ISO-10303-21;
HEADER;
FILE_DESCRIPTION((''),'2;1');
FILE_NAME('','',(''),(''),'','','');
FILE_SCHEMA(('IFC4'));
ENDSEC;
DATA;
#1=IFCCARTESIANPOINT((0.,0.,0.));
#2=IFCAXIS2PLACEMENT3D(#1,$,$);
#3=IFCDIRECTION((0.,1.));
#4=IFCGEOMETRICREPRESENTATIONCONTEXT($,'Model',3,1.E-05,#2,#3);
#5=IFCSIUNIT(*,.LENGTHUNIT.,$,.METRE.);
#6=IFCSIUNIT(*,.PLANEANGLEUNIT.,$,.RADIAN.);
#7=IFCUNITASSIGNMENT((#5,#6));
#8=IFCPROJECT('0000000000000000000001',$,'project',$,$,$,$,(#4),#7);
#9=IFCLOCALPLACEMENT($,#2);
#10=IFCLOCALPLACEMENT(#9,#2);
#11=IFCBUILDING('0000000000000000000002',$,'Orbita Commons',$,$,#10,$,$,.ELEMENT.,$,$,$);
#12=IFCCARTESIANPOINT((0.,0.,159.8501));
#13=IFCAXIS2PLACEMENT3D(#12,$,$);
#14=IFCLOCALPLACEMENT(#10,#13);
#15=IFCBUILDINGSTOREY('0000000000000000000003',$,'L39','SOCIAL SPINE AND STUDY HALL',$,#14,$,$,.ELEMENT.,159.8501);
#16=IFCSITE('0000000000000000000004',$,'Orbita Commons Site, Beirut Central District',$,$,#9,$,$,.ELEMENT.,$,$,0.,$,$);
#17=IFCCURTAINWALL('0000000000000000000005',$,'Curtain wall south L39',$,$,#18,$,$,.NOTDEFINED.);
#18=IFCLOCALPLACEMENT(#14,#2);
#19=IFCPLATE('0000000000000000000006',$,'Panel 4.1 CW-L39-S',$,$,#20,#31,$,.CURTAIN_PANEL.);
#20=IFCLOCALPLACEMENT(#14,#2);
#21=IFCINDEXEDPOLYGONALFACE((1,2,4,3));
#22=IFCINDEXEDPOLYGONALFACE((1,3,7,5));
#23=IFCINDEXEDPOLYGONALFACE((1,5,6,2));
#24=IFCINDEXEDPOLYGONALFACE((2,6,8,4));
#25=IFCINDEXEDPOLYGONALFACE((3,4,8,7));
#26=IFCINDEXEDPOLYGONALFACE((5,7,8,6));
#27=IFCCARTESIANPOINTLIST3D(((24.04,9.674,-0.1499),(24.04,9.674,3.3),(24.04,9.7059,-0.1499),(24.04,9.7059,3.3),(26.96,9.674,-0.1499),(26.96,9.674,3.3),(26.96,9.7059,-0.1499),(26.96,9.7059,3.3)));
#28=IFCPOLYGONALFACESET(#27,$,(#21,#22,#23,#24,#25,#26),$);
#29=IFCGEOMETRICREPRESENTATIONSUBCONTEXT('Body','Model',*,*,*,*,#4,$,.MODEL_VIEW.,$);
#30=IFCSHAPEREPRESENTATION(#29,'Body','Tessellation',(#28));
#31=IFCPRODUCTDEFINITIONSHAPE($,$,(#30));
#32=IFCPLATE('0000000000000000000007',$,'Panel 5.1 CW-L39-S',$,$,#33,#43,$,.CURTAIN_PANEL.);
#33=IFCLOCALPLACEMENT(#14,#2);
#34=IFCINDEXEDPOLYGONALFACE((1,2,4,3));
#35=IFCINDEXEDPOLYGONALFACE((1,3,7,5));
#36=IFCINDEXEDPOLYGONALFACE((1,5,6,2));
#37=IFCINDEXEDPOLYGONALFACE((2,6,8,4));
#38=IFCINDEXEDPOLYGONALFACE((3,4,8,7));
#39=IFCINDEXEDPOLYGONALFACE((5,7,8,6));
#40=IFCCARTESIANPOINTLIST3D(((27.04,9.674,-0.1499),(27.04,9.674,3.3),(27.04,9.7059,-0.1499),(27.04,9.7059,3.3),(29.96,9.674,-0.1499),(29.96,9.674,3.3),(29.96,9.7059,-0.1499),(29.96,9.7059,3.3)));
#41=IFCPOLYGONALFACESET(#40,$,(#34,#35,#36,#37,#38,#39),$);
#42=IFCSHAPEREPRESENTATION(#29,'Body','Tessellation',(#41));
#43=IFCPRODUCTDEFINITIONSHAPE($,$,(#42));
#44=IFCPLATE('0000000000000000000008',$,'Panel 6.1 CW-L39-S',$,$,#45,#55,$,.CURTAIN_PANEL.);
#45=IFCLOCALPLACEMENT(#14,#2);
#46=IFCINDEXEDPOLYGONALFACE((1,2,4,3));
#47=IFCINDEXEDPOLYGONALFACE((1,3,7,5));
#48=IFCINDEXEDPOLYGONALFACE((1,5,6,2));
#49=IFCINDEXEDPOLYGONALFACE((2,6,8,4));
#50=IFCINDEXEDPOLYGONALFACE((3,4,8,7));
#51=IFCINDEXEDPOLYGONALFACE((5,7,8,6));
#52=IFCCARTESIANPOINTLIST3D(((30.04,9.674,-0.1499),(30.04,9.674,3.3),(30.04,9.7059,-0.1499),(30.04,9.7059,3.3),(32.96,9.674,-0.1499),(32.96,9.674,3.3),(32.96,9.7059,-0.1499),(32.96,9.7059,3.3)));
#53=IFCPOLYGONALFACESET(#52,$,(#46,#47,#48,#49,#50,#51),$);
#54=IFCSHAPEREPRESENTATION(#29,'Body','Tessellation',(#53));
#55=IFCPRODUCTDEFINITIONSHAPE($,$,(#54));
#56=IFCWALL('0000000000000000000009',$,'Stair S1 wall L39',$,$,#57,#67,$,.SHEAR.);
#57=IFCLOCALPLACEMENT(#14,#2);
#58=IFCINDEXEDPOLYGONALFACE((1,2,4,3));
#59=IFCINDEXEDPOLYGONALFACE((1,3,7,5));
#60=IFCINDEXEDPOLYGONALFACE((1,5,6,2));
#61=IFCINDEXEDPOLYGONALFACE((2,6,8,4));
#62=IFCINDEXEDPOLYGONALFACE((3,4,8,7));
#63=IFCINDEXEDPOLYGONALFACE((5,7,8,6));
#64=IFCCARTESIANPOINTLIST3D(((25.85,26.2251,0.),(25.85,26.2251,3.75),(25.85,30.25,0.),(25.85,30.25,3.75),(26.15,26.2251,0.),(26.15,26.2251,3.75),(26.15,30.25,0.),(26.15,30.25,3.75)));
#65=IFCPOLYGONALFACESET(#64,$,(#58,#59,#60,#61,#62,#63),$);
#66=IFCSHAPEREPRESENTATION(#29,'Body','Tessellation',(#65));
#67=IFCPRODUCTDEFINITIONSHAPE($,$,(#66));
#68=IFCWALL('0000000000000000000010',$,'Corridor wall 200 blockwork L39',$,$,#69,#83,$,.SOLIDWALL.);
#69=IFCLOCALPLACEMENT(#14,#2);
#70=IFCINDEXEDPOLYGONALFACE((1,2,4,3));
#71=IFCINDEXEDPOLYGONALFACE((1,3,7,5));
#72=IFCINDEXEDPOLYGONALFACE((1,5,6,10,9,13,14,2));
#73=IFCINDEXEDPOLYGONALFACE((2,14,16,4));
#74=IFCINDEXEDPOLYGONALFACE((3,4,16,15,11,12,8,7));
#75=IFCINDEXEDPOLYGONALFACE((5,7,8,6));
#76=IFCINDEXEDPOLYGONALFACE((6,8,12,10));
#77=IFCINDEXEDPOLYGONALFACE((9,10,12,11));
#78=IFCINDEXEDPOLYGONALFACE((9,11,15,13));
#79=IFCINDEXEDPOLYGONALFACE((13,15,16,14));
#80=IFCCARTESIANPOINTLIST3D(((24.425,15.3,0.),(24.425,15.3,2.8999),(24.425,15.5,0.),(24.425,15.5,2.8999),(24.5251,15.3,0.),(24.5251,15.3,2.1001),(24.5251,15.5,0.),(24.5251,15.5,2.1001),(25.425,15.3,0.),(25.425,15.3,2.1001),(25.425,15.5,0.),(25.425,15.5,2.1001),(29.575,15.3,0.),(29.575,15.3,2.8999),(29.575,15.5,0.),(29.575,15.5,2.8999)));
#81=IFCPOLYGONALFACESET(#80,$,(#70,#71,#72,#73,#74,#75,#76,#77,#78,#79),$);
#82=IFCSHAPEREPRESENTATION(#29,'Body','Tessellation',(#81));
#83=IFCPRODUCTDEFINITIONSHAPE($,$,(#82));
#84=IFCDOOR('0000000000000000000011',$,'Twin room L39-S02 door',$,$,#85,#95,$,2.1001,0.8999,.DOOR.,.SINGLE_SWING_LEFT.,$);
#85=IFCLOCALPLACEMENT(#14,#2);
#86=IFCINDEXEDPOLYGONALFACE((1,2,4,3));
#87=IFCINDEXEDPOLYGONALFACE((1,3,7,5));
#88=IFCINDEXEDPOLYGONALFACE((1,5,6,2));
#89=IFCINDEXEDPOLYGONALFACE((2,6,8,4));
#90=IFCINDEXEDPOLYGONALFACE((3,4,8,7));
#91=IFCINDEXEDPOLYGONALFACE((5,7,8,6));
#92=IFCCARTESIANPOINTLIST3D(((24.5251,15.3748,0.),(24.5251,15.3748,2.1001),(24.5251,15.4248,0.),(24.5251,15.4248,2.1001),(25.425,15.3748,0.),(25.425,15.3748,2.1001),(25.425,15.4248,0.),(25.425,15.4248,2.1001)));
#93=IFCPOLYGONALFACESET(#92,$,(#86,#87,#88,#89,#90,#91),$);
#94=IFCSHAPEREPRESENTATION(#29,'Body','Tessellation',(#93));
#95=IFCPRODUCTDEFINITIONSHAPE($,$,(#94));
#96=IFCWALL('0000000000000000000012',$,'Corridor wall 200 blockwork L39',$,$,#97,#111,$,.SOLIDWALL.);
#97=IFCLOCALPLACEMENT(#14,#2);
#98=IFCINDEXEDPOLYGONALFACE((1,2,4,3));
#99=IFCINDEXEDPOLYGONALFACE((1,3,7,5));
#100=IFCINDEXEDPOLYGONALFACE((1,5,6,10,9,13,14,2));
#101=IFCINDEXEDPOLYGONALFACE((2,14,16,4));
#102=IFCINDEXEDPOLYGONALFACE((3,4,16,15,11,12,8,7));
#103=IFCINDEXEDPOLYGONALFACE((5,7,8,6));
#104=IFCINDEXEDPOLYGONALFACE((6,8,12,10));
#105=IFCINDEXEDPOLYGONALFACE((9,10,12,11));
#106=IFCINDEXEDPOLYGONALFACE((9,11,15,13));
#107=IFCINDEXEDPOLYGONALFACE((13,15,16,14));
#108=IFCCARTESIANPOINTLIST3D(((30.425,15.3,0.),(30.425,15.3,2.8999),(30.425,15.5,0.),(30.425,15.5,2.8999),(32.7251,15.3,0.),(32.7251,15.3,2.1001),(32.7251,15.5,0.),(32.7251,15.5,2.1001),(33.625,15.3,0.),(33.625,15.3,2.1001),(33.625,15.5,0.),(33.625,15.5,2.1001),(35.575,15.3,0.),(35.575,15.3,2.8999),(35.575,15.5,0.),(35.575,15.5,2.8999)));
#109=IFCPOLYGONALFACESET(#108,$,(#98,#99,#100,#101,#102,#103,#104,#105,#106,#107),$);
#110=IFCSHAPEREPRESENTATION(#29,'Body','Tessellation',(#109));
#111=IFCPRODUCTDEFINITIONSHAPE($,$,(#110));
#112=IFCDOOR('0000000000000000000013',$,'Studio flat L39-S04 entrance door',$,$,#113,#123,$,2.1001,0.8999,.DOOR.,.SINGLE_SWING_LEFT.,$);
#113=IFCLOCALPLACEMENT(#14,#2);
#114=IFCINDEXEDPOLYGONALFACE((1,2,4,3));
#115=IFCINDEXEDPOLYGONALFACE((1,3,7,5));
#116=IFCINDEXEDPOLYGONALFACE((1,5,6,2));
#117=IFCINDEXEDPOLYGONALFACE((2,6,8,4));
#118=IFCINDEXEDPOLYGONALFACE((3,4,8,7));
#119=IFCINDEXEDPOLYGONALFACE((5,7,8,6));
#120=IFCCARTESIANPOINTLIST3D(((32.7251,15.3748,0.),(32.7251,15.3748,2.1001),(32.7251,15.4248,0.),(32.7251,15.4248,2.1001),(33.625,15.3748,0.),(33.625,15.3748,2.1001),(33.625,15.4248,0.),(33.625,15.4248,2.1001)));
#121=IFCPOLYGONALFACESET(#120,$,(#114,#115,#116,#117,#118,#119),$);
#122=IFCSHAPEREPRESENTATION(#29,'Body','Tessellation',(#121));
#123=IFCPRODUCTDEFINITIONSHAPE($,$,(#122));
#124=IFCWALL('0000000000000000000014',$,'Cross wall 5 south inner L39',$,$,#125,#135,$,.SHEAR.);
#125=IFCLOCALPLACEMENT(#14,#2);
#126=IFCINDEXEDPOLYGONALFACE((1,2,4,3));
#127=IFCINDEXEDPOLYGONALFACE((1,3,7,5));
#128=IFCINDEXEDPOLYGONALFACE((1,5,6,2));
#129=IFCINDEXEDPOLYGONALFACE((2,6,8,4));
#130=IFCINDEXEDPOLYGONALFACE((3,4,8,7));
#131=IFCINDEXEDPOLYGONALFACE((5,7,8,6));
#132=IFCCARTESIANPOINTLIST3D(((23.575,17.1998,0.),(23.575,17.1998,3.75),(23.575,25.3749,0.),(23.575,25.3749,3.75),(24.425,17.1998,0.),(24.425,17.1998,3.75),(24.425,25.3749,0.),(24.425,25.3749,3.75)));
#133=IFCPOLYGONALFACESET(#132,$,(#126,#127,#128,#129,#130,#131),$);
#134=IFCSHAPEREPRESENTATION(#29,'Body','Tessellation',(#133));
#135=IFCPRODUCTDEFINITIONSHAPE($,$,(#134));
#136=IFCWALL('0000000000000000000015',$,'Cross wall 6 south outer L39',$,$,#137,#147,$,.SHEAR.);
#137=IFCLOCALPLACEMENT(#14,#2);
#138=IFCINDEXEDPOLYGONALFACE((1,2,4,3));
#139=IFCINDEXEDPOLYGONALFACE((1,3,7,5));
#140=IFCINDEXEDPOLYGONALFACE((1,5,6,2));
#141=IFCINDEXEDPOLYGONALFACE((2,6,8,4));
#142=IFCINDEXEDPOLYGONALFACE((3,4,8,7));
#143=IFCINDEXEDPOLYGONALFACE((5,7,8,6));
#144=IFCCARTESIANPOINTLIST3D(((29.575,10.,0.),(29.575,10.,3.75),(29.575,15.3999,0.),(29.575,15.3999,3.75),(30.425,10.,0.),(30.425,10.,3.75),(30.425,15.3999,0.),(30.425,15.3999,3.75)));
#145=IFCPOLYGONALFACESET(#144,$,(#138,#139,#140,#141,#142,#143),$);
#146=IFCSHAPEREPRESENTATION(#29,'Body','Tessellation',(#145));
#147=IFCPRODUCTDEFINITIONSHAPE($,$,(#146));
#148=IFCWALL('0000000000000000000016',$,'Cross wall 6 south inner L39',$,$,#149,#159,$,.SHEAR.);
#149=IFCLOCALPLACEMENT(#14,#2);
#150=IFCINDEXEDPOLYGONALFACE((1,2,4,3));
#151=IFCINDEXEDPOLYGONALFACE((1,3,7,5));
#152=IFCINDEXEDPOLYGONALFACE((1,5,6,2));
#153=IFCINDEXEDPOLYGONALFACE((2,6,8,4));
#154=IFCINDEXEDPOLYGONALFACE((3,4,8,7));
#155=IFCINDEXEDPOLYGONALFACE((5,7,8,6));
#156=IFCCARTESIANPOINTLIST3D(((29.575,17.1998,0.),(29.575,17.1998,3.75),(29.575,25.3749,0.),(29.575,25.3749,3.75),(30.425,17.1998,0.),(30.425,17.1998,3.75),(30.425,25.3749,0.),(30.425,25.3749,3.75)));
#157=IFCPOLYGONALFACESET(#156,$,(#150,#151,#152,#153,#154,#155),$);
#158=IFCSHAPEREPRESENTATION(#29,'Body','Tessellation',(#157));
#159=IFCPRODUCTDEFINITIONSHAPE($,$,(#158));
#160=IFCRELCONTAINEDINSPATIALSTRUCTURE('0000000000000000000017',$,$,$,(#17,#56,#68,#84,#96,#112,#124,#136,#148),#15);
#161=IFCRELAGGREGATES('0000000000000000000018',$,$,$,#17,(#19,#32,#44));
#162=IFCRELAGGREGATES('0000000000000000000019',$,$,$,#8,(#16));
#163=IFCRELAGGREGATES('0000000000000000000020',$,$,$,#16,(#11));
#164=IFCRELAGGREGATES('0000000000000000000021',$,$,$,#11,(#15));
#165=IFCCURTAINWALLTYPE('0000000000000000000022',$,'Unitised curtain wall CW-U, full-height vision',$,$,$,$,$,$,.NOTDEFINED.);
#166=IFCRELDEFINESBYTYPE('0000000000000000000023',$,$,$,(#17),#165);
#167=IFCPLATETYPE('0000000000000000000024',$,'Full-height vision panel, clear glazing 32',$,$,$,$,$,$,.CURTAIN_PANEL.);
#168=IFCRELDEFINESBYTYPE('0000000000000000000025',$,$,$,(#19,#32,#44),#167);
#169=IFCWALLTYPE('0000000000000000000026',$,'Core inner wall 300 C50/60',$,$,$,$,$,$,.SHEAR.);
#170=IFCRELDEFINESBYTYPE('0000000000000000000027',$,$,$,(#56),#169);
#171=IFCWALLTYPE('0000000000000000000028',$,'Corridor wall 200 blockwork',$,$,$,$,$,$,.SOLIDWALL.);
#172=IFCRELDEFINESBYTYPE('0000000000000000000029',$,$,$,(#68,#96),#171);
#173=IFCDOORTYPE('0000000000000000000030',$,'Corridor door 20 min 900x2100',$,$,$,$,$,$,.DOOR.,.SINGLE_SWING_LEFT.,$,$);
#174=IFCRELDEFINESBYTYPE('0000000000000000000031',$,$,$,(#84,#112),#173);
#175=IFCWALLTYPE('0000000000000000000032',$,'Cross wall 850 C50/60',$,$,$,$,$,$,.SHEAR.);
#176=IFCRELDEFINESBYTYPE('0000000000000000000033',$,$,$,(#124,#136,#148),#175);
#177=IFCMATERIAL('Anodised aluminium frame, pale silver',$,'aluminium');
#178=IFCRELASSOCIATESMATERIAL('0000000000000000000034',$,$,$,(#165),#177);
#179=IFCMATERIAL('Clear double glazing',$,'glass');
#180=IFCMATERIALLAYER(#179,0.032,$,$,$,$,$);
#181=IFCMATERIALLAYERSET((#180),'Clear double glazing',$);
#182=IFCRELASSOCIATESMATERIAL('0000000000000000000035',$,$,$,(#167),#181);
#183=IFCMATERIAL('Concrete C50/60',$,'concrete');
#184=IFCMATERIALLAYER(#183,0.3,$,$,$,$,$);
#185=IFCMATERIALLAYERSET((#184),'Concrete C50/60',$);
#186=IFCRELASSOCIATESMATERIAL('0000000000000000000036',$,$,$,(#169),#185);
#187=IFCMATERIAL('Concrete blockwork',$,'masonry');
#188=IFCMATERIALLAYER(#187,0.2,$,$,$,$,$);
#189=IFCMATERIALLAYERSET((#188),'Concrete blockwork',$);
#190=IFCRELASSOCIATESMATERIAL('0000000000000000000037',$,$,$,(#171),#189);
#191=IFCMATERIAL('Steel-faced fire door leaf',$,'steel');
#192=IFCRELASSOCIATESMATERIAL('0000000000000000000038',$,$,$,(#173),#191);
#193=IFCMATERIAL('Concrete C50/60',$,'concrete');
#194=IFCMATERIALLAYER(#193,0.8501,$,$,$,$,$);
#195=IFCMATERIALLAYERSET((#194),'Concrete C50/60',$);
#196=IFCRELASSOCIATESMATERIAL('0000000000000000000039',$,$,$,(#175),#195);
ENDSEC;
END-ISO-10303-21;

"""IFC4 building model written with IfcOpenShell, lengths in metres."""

from ifc_helpers import new_model, si_unit, direction, frame, frame_2d, origin, origin_2d, place, context, subcontext, project, spatial, polyline, rectangle, outline, extrude, material, layer, layer_set, type_object, element, fill, aggregate, save


model = new_model("IFC4")

# Units and contexts
model_context = context("Model", 3, precision=1e-05, world=origin(), true_north=direction((0.0, 1.0)))
body_context = subcontext(model_context, "Body", "Model", "MODEL_VIEW")
ifc_project = project(units=[si_unit("LENGTHUNIT", "METRE"), si_unit("PLANEANGLEUNIT", "RADIAN")], contexts=[model_context])

# Site, building, storey
site_placement = place(None, origin())
site = spatial("IfcSite", under=ifc_project, at=site_placement, Name="Orbita Commons Site, Beirut Central District", CompositionType="ELEMENT", RefElevation=0.0)
building_placement = place(site_placement, origin())
building = spatial("IfcBuilding", under=site, at=building_placement, Name="Orbita Commons", CompositionType="ELEMENT")
storey_placement = place(building_placement, frame((0.0, 0.0, 159.8501)))
storey = spatial("IfcBuildingStorey", under=building, at=storey_placement, Name="L39", Description="SOCIAL SPINE AND STUDY HALL", CompositionType="ELEMENT", Elevation=159.8501)

# Curtain wall
ifc_material_1 = material(Name="Anodised aluminium frame, pale silver", Category="aluminium")
curtain_wall_type = type_object("IfcCurtainWallType", Name="Unitised curtain wall CW-U, full-height vision", PredefinedType="NOTDEFINED", material=ifc_material_1)
curtain_wall_placement = place(storey_placement, origin())
curtain_wall = element("IfcCurtainWall", 1, at=curtain_wall_placement, inside=storey, type_object=curtain_wall_type, Name="Curtain wall south L39", PredefinedType="NOTDEFINED")

# Plates
ifc_material_2 = material(Name="Clear double glazing", Category="glass")
ifc_layer_1 = layer(ifc_material_2, 0.032)
ifc_layer_set_1 = layer_set([ifc_layer_1], Name="Clear double glazing")
plate_type = type_object("IfcPlateType", Name="Full-height vision panel, clear glazing 32", PredefinedType="CURTAIN_PANEL", material=ifc_layer_set_1)
plate_1_placement = place(storey_placement, frame((25.5, 9.6899, -0.1499), z_axis=(0.0, 0.0, 1.0), x_axis=(1.0, 0.0, 0.0)))
plate_1 = element("IfcPlate", 2, at=plate_1_placement, type_object=plate_type, Name="Panel 4.1 CW-L39-S", PredefinedType="CURTAIN_PANEL", context=body_context, shape_type="SweptSolid", body=[
    extrude(rectangle(XDim=2.9199, YDim=0.032, at=origin_2d()), origin(), (0.0, 0.0, 1.0), 3.45),
])
plate_2_placement = place(storey_placement, frame((28.5, 9.6899, -0.1499), z_axis=(0.0, 0.0, 1.0), x_axis=(1.0, 0.0, 0.0)))
plate_2 = element("IfcPlate", 3, at=plate_2_placement, type_object=plate_type, Name="Panel 5.1 CW-L39-S", PredefinedType="CURTAIN_PANEL", context=body_context, shape_type="SweptSolid", body=[
    extrude(rectangle(XDim=2.9199, YDim=0.032, at=origin_2d()), origin(), (0.0, 0.0, 1.0), 3.45),
])
plate_3_placement = place(storey_placement, frame((31.5, 9.6899, -0.1499), z_axis=(0.0, 0.0, 1.0), x_axis=(1.0, 0.0, 0.0)))
plate_3 = element("IfcPlate", 4, at=plate_3_placement, type_object=plate_type, Name="Panel 6.1 CW-L39-S", PredefinedType="CURTAIN_PANEL", context=body_context, shape_type="SweptSolid", body=[
    extrude(rectangle(XDim=2.9199, YDim=0.032, at=origin_2d()), origin(), (0.0, 0.0, 1.0), 3.45),
])
aggregate(curtain_wall, [plate_1, plate_2, plate_3])

# Wall
ifc_material_3 = material(Name="Concrete C50/60", Category="concrete")
ifc_layer_2 = layer(ifc_material_3, 0.3)
ifc_layer_set_2 = layer_set([ifc_layer_2], Name="Concrete C50/60")
wall_type_1 = type_object("IfcWallType", Name="Core inner wall 300 C50/60", PredefinedType="SHEAR", material=ifc_layer_set_2)
wall_1_placement = place(storey_placement, frame((26.0, 26.2251, 0.0), z_axis=(0.0, 0.0, 1.0), x_axis=(0.0, 1.0, 0.0)))
element("IfcWall", 5, at=wall_1_placement, inside=storey, type_object=wall_type_1, Name="Stair S1 wall L39", PredefinedType="SHEAR", context=body_context, shape_type="SweptSolid", body=[
    extrude(rectangle(XDim=4.0249, YDim=0.3, at=frame_2d((2.0125, 0.0))), origin(), (0.0, 0.0, 1.0), 3.75),
])

# Walls, openings, doors
ifc_material_4 = material(Name="Concrete blockwork", Category="masonry")
ifc_layer_3 = layer(ifc_material_4, 0.2)
ifc_layer_set_3 = layer_set([ifc_layer_3], Name="Concrete blockwork")
wall_type_2 = type_object("IfcWallType", Name="Corridor wall 200 blockwork", PredefinedType="SOLIDWALL", material=ifc_layer_set_3)
wall_2_placement = place(storey_placement, frame((24.425, 15.3999, 0.0), z_axis=(0.0, 0.0, 1.0), x_axis=(1.0, 0.0, 0.0)))
wall_2 = element("IfcWall", 6, at=wall_2_placement, inside=storey, type_object=wall_type_2, Name="Corridor wall 200 blockwork L39", PredefinedType="SOLIDWALL", context=body_context, shape_type="SweptSolid", body=[
    extrude(outline(polyline([(0.0, 0.0), (5.1499, 0.0), (5.1499, 2.8999), (0.0, 2.8999), (0.0, 0.0)])), frame((0.0, 0.1001, 0.0), z_axis=(0.0, -1.0, 0.0), x_axis=(1.0, 0.0, 0.0)), (0.0, 0.0, 1.0), 0.2),
])
opening_1_placement = place(wall_2_placement, frame((0.1001, 0.0, 0.0)))
opening_1 = element("IfcOpeningElement", 7, at=opening_1_placement, cuts=wall_2, PredefinedType="OPENING", context=body_context, shape_type="SweptSolid", body=[
    extrude(rectangle(XDim=0.8999, YDim=2.1001, at=frame_2d((0.45, 1.05))), frame((0.0, 0.1099, 0.0), z_axis=(0.0, -1.0, 0.0), x_axis=(1.0, 0.0, 0.0)), (0.0, 0.0, 1.0), 0.22),
])
ifc_material_5 = material(Name="Steel-faced fire door leaf", Category="steel")
door_type_1 = type_object("IfcDoorType", Name="Corridor door 20 min 900x2100", OperationType="SINGLE_SWING_LEFT", PredefinedType="DOOR", material=ifc_material_5)
door_1_placement = place(opening_1_placement, origin())
door_1 = element("IfcDoor", 8, at=door_1_placement, inside=storey, type_object=door_type_1, Name="Twin room L39-S02 door", OperationType="SINGLE_SWING_LEFT", OverallHeight=2.1001, OverallWidth=0.8999, PredefinedType="DOOR", context=body_context, shape_type="SweptSolid", body=[
    extrude(rectangle(XDim=0.8999, YDim=2.1001, at=frame_2d((0.45, 1.05))), frame((0.0, 0.0249, 0.0), z_axis=(0.0, -1.0, 0.0), x_axis=(1.0, 0.0, 0.0)), (0.0, 0.0, 1.0), 0.05),
])
fill(opening_1, door_1)
wall_3_placement = place(storey_placement, frame((30.425, 15.3999, 0.0), z_axis=(0.0, 0.0, 1.0), x_axis=(1.0, 0.0, 0.0)))
wall_3 = element("IfcWall", 9, at=wall_3_placement, inside=storey, type_object=wall_type_2, Name="Corridor wall 200 blockwork L39", PredefinedType="SOLIDWALL", context=body_context, shape_type="SweptSolid", body=[
    extrude(outline(polyline([(0.0, 0.0), (5.1499, 0.0), (5.1499, 2.8999), (0.0, 2.8999), (0.0, 0.0)])), frame((0.0, 0.1001, 0.0), z_axis=(0.0, -1.0, 0.0), x_axis=(1.0, 0.0, 0.0)), (0.0, 0.0, 1.0), 0.2),
])
opening_2_placement = place(wall_3_placement, frame((2.3, 0.0, 0.0)))
opening_2 = element("IfcOpeningElement", 10, at=opening_2_placement, cuts=wall_3, PredefinedType="OPENING", context=body_context, shape_type="SweptSolid", body=[
    extrude(rectangle(XDim=0.8999, YDim=2.1001, at=frame_2d((0.45, 1.05))), frame((0.0, 0.1099, 0.0), z_axis=(0.0, -1.0, 0.0), x_axis=(1.0, 0.0, 0.0)), (0.0, 0.0, 1.0), 0.22),
])
door_2_placement = place(opening_2_placement, origin())
door_2 = element("IfcDoor", 11, at=door_2_placement, inside=storey, type_object=door_type_1, Name="Studio flat L39-S04 entrance door", OperationType="SINGLE_SWING_LEFT", OverallHeight=2.1001, OverallWidth=0.8999, PredefinedType="DOOR", context=body_context, shape_type="SweptSolid", body=[
    extrude(rectangle(XDim=0.8999, YDim=2.1001, at=frame_2d((0.45, 1.05))), frame((0.0, 0.0249, 0.0), z_axis=(0.0, -1.0, 0.0), x_axis=(1.0, 0.0, 0.0)), (0.0, 0.0, 1.0), 0.05),
])
fill(opening_2, door_2)

# Walls
ifc_material_6 = material(Name="Concrete C50/60", Category="concrete")
ifc_layer_4 = layer(ifc_material_6, 0.8501)
ifc_layer_set_4 = layer_set([ifc_layer_4], Name="Concrete C50/60")
wall_type_3 = type_object("IfcWallType", Name="Cross wall 850 C50/60", PredefinedType="SHEAR", material=ifc_layer_set_4)
wall_4_placement = place(storey_placement, frame((24.0, 17.2, 0.0), z_axis=(0.0, 0.0, 1.0), x_axis=(0.0, 1.0, 0.0)))
element("IfcWall", 12, at=wall_4_placement, inside=storey, type_object=wall_type_3, Name="Cross wall 5 south inner L39", PredefinedType="SHEAR", context=body_context, shape_type="SweptSolid", body=[
    extrude(rectangle(XDim=8.175, YDim=0.8501, at=frame_2d((4.0874, 0.0))), origin(), (0.0, 0.0, 1.0), 3.75),
])
wall_5_placement = place(storey_placement, frame((30.0, 10.0, 0.0), z_axis=(0.0, 0.0, 1.0), x_axis=(0.0, 1.0, 0.0)))
element("IfcWall", 13, at=wall_5_placement, inside=storey, type_object=wall_type_3, Name="Cross wall 6 south outer L39", PredefinedType="SHEAR", context=body_context, shape_type="SweptSolid", body=[
    extrude(rectangle(XDim=5.3999, YDim=0.8501, at=frame_2d((2.7, 0.0))), origin(), (0.0, 0.0, 1.0), 3.75),
])
wall_6_placement = place(storey_placement, frame((30.0, 17.2, 0.0), z_axis=(0.0, 0.0, 1.0), x_axis=(0.0, 1.0, 0.0)))
element("IfcWall", 14, at=wall_6_placement, inside=storey, type_object=wall_type_3, Name="Cross wall 6 south inner L39", PredefinedType="SHEAR", context=body_context, shape_type="SweptSolid", body=[
    extrude(rectangle(XDim=8.175, YDim=0.8501, at=frame_2d((4.0874, 0.0))), origin(), (0.0, 0.0, 1.0), 3.75),
])

save(model, "model.ifc")
